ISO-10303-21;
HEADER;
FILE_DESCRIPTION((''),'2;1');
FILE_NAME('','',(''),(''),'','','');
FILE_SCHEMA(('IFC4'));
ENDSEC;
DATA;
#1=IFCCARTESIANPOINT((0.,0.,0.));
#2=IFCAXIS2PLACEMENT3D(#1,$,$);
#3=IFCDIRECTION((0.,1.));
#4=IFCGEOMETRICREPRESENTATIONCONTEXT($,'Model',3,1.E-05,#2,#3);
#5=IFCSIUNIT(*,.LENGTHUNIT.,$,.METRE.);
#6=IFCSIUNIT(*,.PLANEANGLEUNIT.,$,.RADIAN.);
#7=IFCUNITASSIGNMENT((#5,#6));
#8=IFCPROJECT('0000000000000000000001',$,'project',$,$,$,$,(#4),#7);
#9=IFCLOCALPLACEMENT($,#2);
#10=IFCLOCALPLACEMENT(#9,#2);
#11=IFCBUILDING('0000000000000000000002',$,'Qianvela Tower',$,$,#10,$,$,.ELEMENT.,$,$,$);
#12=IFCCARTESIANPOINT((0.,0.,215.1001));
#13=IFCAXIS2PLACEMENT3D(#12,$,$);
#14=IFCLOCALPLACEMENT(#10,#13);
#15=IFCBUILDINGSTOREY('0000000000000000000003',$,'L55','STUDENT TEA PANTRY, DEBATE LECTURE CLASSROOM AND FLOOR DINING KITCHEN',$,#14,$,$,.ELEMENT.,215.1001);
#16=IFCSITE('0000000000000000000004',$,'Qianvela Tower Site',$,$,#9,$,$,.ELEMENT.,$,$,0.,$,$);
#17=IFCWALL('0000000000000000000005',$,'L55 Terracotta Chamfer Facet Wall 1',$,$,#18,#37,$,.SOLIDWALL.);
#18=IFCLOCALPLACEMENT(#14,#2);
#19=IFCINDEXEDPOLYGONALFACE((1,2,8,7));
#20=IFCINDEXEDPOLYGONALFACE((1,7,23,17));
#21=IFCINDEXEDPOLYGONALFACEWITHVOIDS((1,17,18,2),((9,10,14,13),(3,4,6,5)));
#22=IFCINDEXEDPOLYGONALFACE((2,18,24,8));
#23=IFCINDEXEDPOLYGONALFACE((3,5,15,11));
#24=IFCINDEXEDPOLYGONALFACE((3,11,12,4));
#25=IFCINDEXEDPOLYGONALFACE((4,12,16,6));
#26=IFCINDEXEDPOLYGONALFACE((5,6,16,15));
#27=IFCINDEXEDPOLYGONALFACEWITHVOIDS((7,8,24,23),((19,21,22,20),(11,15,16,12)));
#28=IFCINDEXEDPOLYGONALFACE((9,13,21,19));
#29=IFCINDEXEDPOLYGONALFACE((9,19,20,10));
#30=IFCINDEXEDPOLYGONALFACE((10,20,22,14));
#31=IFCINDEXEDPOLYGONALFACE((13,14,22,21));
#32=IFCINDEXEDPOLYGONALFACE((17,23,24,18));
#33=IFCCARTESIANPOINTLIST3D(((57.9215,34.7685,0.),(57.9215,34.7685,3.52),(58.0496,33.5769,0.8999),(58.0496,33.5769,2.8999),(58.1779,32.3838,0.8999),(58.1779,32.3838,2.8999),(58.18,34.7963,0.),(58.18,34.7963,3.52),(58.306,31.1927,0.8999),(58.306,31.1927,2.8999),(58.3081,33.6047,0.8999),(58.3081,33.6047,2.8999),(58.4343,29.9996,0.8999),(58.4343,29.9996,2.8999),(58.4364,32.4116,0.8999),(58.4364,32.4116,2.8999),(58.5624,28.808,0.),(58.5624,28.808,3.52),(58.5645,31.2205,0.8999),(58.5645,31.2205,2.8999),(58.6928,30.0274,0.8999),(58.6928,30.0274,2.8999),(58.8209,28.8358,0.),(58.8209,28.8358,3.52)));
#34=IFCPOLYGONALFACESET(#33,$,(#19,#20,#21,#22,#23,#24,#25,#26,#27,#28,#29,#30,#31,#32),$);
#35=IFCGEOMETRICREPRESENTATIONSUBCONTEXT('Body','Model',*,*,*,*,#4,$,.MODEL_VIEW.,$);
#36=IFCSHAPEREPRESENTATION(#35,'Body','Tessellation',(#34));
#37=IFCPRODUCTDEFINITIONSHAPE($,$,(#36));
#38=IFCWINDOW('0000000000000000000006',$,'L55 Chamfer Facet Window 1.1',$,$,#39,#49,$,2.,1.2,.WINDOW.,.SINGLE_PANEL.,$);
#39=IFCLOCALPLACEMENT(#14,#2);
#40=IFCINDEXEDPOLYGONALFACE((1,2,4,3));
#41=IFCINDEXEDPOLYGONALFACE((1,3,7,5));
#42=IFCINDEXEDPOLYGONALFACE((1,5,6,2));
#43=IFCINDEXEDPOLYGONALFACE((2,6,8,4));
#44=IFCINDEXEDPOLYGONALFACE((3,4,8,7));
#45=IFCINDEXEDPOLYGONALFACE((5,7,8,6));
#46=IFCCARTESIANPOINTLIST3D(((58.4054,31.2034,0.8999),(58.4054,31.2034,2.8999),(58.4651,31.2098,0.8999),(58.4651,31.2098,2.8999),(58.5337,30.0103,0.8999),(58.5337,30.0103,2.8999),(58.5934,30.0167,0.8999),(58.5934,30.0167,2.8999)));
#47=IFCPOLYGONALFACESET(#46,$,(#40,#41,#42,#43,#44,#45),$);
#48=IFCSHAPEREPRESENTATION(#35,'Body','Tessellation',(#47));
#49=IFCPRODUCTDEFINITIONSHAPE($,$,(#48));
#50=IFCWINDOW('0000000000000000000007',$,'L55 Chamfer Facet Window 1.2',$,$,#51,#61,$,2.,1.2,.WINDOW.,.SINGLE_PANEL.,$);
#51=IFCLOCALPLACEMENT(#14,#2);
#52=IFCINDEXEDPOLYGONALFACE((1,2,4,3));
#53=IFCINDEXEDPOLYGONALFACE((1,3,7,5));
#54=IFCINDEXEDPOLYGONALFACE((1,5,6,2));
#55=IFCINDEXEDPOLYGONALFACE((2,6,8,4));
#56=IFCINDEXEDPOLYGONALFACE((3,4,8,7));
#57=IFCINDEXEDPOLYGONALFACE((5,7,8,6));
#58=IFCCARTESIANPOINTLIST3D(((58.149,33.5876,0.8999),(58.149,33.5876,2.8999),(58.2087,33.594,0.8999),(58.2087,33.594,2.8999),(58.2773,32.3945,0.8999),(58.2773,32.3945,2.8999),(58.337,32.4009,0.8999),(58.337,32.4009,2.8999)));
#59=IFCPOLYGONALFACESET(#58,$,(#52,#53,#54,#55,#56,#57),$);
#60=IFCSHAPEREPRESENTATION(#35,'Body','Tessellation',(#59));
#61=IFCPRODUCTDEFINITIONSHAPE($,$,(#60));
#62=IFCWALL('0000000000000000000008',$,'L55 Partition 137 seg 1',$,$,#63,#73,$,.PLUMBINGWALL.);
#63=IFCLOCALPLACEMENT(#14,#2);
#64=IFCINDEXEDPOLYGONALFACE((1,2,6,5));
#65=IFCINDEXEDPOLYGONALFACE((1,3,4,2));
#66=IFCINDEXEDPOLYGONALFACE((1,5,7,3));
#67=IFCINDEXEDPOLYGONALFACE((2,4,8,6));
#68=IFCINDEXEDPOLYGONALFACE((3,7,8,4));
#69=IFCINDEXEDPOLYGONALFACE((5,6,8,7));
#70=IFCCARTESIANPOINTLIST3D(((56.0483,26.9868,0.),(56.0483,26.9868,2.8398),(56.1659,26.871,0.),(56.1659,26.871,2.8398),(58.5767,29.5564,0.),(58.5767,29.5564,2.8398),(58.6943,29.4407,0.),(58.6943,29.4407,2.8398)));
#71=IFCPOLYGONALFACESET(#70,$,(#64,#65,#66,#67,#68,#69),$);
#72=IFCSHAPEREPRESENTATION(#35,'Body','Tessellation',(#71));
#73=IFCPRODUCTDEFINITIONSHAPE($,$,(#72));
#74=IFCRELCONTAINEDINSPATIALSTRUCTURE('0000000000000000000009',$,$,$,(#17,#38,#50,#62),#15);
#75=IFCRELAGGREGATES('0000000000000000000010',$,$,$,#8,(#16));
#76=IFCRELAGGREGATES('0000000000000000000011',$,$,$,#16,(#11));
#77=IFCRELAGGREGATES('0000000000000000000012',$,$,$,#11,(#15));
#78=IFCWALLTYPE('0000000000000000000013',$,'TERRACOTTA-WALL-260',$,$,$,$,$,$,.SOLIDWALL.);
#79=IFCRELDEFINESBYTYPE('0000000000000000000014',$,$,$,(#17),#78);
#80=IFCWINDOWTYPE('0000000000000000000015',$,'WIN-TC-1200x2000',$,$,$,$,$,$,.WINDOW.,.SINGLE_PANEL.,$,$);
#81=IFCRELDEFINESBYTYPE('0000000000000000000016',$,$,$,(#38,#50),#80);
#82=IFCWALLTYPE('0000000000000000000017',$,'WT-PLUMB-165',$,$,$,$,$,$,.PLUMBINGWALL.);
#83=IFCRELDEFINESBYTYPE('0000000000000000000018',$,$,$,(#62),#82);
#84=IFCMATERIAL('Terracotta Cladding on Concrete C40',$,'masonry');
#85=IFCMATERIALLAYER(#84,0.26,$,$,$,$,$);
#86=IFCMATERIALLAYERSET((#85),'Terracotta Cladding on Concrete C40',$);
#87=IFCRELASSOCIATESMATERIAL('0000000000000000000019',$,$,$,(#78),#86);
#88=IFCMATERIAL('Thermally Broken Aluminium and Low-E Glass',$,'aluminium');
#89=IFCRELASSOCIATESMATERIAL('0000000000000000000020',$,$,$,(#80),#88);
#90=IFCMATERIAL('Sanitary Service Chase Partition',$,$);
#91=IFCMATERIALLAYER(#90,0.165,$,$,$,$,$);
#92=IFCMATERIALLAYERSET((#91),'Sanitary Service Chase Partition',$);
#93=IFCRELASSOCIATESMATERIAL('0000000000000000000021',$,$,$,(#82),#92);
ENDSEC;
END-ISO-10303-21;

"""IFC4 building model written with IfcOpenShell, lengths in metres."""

from ifc_helpers import new_model, si_unit, direction, frame, frame_2d, origin, place, context, subcontext, project, spatial, rectangle, extrude, material, layer, layer_set, type_object, element, fill, save


model = new_model("IFC4")

# Units and contexts
model_context = context("Model", 3, precision=1e-05, world=origin(), true_north=direction((0.0, 1.0)))
body_context = subcontext(model_context, "Body", "Model", "MODEL_VIEW")
ifc_project = project(units=[si_unit("LENGTHUNIT", "METRE"), si_unit("PLANEANGLEUNIT", "RADIAN")], contexts=[model_context])

# Site, building, storey
site_placement = place(None, origin())
site = spatial("IfcSite", under=ifc_project, at=site_placement, Name="Qianvela Tower Site", CompositionType="ELEMENT", RefElevation=0.0)
building_placement = place(site_placement, origin())
building = spatial("IfcBuilding", under=site, at=building_placement, Name="Qianvela Tower", CompositionType="ELEMENT")
storey_placement = place(building_placement, frame((0.0, 0.0, 215.1001)))
storey = spatial("IfcBuildingStorey", under=building, at=storey_placement, Name="L55", Description="STUDENT TEA PANTRY, DEBATE LECTURE CLASSROOM AND FLOOR DINING KITCHEN", CompositionType="ELEMENT", Elevation=215.1001)

# Wall, openings, windows
ifc_material_1 = material(Name="Terracotta Cladding on Concrete C40", Category="masonry")
ifc_layer_1 = layer(ifc_material_1, 0.26)
ifc_layer_set_1 = layer_set([ifc_layer_1], Name="Terracotta Cladding on Concrete C40")
wall_type_1 = type_object("IfcWallType", Name="TERRACOTTA-WALL-260", PredefinedType="SOLIDWALL", material=ifc_layer_set_1)
wall_1_placement = place(storey_placement, frame((58.6917, 28.8218, 0.0), z_axis=(0.0, 0.0, 1.0), x_axis=(-0.106904, 0.994269, 0.0)))
wall_1 = element("IfcWall", 1, at=wall_1_placement, inside=storey, type_object=wall_type_1, Name="L55 Terracotta Chamfer Facet Wall 1", PredefinedType="SOLIDWALL", context=body_context, shape_type="SweptSolid", body=[
    extrude(rectangle(XDim=5.9949, YDim=0.26, at=frame_2d((2.9976, 0.0))), origin(), (0.0, 0.0, 1.0), 3.52),
])
opening_1_placement = place(wall_1_placement, frame((1.1985, 0.0, 0.8999)))
opening_1 = element("IfcOpeningElement", 2, at=opening_1_placement, cuts=wall_1, PredefinedType="OPENING", context=body_context, shape_type="SweptSolid", body=[
    extrude(rectangle(XDim=1.2, YDim=2.0, at=frame_2d((0.6001, 1.0))), frame((0.0, 0.1399, 0.0), z_axis=(0.0, -1.0, 0.0), x_axis=(1.0, 0.0, 0.0)), (0.0, 0.0, 1.0), 0.28),
])
opening_2_placement = place(wall_1_placement, frame((3.5964, 0.0, 0.8999)))
opening_2 = element("IfcOpeningElement", 3, at=opening_2_placement, cuts=wall_1, PredefinedType="OPENING", context=body_context, shape_type="SweptSolid", body=[
    extrude(rectangle(XDim=1.2, YDim=2.0, at=frame_2d((0.6001, 1.0))), frame((0.0, 0.1399, 0.0), z_axis=(0.0, -1.0, 0.0), x_axis=(1.0, 0.0, 0.0)), (0.0, 0.0, 1.0), 0.28),
])
ifc_material_2 = material(Name="Thermally Broken Aluminium and Low-E Glass", Category="aluminium")
window_type = type_object("IfcWindowType", Name="WIN-TC-1200x2000", PartitioningType="SINGLE_PANEL", PredefinedType="WINDOW", material=ifc_material_2)
window_1_placement = place(opening_1_placement, origin())
window_1 = element("IfcWindow", 4, at=window_1_placement, inside=storey, type_object=window_type, Name="L55 Chamfer Facet Window 1.1", OverallHeight=2.0, OverallWidth=1.2, PartitioningType="SINGLE_PANEL", PredefinedType="WINDOW", context=body_context, shape_type="SweptSolid", body=[
    extrude(rectangle(XDim=1.2, YDim=2.0, at=frame_2d((0.6001, 1.0))), frame((0.0, 0.03, 0.0), z_axis=(0.0, -1.0, 0.0), x_axis=(1.0, 0.0, 0.0)), (0.0, 0.0, 1.0), 0.0601),
])
fill(opening_1, window_1)
window_2_placement = place(opening_2_placement, origin())
window_2 = element("IfcWindow", 5, at=window_2_placement, inside=storey, type_object=window_type, Name="L55 Chamfer Facet Window 1.2", OverallHeight=2.0, OverallWidth=1.2, PartitioningType="SINGLE_PANEL", PredefinedType="WINDOW", context=body_context, shape_type="SweptSolid", body=[
    extrude(rectangle(XDim=1.2, YDim=2.0, at=frame_2d((0.6001, 1.0))), frame((0.0, 0.03, 0.0), z_axis=(0.0, -1.0, 0.0), x_axis=(1.0, 0.0, 0.0)), (0.0, 0.0, 1.0), 0.0601),
])
fill(opening_2, window_2)

# Wall
ifc_material_3 = material(Name="Sanitary Service Chase Partition")
ifc_layer_2 = layer(ifc_material_3, 0.165)
ifc_layer_set_2 = layer_set([ifc_layer_2], Name="Sanitary Service Chase Partition")
wall_type_2 = type_object("IfcWallType", Name="WT-PLUMB-165", PredefinedType="PLUMBINGWALL", material=ifc_layer_set_2)
wall_2_placement = place(storey_placement, frame((58.6355, 29.4985, 0.0), z_axis=(0.0, 0.0, 1.0), x_axis=(-0.701361, -0.712806, 0.0)))
element("IfcWall", 6, at=wall_2_placement, inside=storey, type_object=wall_type_2, Name="L55 Partition 137 seg 1", PredefinedType="PLUMBINGWALL", context=body_context, shape_type="SweptSolid", body=[
    extrude(rectangle(XDim=3.605, YDim=0.165, at=frame_2d((1.8025, 0.0))), origin(), (0.0, 0.0, 1.0), 2.8398),
])

save(model, "model.ifc")
